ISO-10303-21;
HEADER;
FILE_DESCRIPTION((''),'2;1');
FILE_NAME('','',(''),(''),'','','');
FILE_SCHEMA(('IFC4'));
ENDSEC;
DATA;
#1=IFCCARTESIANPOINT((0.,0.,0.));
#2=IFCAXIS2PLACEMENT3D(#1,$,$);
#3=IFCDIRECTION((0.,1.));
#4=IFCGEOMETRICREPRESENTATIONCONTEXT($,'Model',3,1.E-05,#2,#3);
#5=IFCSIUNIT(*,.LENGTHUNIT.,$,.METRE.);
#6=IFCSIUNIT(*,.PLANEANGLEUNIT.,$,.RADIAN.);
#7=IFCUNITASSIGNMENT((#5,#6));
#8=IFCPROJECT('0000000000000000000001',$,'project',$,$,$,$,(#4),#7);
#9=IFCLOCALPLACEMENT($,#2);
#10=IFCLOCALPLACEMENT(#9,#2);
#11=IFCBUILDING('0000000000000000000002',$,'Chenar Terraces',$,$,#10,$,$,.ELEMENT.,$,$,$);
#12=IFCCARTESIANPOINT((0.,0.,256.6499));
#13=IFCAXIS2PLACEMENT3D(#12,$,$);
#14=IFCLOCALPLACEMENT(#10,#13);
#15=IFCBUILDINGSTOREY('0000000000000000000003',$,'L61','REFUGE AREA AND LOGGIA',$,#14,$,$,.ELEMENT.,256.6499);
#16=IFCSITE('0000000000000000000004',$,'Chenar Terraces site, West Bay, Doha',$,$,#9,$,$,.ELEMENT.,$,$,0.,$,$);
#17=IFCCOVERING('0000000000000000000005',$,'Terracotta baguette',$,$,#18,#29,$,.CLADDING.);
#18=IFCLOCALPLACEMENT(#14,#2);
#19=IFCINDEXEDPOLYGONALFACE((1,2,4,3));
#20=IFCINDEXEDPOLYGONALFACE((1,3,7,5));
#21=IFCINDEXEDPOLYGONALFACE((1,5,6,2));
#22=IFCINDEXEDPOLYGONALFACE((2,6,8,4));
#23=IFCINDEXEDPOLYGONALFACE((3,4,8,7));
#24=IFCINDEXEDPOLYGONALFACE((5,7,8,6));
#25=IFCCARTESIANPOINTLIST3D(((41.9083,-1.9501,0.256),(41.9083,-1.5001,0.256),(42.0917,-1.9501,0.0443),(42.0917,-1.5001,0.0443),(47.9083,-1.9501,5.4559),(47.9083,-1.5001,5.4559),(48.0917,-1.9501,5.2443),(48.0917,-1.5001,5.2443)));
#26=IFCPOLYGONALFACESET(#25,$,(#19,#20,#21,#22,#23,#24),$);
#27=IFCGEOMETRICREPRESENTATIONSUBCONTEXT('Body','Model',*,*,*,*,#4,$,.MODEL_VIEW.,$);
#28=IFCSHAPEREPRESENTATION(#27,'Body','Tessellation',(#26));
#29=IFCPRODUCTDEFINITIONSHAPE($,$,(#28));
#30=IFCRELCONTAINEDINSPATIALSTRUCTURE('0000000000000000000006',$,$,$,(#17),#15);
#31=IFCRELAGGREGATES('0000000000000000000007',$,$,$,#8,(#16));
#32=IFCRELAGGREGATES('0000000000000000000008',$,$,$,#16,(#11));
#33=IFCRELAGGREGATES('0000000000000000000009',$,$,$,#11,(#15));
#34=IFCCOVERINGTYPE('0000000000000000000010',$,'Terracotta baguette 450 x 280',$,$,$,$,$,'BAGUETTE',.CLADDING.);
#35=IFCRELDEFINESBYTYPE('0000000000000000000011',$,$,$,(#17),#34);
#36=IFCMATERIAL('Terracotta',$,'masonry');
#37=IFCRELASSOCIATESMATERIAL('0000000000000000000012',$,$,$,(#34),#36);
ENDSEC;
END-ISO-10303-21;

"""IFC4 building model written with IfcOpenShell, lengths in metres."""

from ifc_helpers import new_model, si_unit, direction, frame, origin, origin_2d, place, context, subcontext, project, spatial, rectangle, extrude, material, material_profile, profile_set, type_object, element, save


model = new_model("IFC4")

# Units and contexts
model_context = context("Model", 3, precision=1e-05, world=origin(), true_north=direction((0.0, 1.0)))
body_context = subcontext(model_context, "Body", "Model", "MODEL_VIEW")
ifc_project = project(units=[si_unit("LENGTHUNIT", "METRE"), si_unit("PLANEANGLEUNIT", "RADIAN")], contexts=[model_context])

# Site, building, storey
site_placement = place(None, origin())
site = spatial("IfcSite", under=ifc_project, at=site_placement, Name="Chenar Terraces site, West Bay, Doha", CompositionType="ELEMENT", RefElevation=0.0)
building_placement = place(site_placement, origin())
building = spatial("IfcBuilding", under=site, at=building_placement, Name="Chenar Terraces", CompositionType="ELEMENT")
storey_placement = place(building_placement, frame((0.0, 0.0, 256.6499)))
storey = spatial("IfcBuildingStorey", under=building, at=storey_placement, Name="L61", Description="REFUGE AREA AND LOGGIA", CompositionType="ELEMENT", Elevation=256.6499)

# Covering
ifc_material_1 = material(Name="Terracotta", Category="masonry")
ifc_material_profile = material_profile(ifc_material_1, rectangle(XDim=0.45, YDim=0.28, at=origin_2d()), Name="Terracotta baguette 450 x 280")
ifc_profile_set = profile_set([ifc_material_profile], Name="Terracotta")
covering_type = type_object("IfcCoveringType", Name="Terracotta baguette 450 x 280", ElementType="BAGUETTE", PredefinedType="CLADDING", material=ifc_profile_set)
covering_placement = place(storey_placement, frame((42.0, -1.7251, 0.1501), z_axis=(0.755692, 0.0, 0.654927), x_axis=(0.0, 1.0, 0.0)))
element("IfcCovering", 1, at=covering_placement, inside=storey, type_object=covering_type, Name="Terracotta baguette", PredefinedType="CLADDING", context=body_context, shape_type="SweptSolid", body=[
    extrude(rectangle(XDim=0.45, YDim=0.28, at=origin_2d()), origin(), (0.0, 0.0, 1.0), 7.9397),
])

save(model, "model.ifc")
